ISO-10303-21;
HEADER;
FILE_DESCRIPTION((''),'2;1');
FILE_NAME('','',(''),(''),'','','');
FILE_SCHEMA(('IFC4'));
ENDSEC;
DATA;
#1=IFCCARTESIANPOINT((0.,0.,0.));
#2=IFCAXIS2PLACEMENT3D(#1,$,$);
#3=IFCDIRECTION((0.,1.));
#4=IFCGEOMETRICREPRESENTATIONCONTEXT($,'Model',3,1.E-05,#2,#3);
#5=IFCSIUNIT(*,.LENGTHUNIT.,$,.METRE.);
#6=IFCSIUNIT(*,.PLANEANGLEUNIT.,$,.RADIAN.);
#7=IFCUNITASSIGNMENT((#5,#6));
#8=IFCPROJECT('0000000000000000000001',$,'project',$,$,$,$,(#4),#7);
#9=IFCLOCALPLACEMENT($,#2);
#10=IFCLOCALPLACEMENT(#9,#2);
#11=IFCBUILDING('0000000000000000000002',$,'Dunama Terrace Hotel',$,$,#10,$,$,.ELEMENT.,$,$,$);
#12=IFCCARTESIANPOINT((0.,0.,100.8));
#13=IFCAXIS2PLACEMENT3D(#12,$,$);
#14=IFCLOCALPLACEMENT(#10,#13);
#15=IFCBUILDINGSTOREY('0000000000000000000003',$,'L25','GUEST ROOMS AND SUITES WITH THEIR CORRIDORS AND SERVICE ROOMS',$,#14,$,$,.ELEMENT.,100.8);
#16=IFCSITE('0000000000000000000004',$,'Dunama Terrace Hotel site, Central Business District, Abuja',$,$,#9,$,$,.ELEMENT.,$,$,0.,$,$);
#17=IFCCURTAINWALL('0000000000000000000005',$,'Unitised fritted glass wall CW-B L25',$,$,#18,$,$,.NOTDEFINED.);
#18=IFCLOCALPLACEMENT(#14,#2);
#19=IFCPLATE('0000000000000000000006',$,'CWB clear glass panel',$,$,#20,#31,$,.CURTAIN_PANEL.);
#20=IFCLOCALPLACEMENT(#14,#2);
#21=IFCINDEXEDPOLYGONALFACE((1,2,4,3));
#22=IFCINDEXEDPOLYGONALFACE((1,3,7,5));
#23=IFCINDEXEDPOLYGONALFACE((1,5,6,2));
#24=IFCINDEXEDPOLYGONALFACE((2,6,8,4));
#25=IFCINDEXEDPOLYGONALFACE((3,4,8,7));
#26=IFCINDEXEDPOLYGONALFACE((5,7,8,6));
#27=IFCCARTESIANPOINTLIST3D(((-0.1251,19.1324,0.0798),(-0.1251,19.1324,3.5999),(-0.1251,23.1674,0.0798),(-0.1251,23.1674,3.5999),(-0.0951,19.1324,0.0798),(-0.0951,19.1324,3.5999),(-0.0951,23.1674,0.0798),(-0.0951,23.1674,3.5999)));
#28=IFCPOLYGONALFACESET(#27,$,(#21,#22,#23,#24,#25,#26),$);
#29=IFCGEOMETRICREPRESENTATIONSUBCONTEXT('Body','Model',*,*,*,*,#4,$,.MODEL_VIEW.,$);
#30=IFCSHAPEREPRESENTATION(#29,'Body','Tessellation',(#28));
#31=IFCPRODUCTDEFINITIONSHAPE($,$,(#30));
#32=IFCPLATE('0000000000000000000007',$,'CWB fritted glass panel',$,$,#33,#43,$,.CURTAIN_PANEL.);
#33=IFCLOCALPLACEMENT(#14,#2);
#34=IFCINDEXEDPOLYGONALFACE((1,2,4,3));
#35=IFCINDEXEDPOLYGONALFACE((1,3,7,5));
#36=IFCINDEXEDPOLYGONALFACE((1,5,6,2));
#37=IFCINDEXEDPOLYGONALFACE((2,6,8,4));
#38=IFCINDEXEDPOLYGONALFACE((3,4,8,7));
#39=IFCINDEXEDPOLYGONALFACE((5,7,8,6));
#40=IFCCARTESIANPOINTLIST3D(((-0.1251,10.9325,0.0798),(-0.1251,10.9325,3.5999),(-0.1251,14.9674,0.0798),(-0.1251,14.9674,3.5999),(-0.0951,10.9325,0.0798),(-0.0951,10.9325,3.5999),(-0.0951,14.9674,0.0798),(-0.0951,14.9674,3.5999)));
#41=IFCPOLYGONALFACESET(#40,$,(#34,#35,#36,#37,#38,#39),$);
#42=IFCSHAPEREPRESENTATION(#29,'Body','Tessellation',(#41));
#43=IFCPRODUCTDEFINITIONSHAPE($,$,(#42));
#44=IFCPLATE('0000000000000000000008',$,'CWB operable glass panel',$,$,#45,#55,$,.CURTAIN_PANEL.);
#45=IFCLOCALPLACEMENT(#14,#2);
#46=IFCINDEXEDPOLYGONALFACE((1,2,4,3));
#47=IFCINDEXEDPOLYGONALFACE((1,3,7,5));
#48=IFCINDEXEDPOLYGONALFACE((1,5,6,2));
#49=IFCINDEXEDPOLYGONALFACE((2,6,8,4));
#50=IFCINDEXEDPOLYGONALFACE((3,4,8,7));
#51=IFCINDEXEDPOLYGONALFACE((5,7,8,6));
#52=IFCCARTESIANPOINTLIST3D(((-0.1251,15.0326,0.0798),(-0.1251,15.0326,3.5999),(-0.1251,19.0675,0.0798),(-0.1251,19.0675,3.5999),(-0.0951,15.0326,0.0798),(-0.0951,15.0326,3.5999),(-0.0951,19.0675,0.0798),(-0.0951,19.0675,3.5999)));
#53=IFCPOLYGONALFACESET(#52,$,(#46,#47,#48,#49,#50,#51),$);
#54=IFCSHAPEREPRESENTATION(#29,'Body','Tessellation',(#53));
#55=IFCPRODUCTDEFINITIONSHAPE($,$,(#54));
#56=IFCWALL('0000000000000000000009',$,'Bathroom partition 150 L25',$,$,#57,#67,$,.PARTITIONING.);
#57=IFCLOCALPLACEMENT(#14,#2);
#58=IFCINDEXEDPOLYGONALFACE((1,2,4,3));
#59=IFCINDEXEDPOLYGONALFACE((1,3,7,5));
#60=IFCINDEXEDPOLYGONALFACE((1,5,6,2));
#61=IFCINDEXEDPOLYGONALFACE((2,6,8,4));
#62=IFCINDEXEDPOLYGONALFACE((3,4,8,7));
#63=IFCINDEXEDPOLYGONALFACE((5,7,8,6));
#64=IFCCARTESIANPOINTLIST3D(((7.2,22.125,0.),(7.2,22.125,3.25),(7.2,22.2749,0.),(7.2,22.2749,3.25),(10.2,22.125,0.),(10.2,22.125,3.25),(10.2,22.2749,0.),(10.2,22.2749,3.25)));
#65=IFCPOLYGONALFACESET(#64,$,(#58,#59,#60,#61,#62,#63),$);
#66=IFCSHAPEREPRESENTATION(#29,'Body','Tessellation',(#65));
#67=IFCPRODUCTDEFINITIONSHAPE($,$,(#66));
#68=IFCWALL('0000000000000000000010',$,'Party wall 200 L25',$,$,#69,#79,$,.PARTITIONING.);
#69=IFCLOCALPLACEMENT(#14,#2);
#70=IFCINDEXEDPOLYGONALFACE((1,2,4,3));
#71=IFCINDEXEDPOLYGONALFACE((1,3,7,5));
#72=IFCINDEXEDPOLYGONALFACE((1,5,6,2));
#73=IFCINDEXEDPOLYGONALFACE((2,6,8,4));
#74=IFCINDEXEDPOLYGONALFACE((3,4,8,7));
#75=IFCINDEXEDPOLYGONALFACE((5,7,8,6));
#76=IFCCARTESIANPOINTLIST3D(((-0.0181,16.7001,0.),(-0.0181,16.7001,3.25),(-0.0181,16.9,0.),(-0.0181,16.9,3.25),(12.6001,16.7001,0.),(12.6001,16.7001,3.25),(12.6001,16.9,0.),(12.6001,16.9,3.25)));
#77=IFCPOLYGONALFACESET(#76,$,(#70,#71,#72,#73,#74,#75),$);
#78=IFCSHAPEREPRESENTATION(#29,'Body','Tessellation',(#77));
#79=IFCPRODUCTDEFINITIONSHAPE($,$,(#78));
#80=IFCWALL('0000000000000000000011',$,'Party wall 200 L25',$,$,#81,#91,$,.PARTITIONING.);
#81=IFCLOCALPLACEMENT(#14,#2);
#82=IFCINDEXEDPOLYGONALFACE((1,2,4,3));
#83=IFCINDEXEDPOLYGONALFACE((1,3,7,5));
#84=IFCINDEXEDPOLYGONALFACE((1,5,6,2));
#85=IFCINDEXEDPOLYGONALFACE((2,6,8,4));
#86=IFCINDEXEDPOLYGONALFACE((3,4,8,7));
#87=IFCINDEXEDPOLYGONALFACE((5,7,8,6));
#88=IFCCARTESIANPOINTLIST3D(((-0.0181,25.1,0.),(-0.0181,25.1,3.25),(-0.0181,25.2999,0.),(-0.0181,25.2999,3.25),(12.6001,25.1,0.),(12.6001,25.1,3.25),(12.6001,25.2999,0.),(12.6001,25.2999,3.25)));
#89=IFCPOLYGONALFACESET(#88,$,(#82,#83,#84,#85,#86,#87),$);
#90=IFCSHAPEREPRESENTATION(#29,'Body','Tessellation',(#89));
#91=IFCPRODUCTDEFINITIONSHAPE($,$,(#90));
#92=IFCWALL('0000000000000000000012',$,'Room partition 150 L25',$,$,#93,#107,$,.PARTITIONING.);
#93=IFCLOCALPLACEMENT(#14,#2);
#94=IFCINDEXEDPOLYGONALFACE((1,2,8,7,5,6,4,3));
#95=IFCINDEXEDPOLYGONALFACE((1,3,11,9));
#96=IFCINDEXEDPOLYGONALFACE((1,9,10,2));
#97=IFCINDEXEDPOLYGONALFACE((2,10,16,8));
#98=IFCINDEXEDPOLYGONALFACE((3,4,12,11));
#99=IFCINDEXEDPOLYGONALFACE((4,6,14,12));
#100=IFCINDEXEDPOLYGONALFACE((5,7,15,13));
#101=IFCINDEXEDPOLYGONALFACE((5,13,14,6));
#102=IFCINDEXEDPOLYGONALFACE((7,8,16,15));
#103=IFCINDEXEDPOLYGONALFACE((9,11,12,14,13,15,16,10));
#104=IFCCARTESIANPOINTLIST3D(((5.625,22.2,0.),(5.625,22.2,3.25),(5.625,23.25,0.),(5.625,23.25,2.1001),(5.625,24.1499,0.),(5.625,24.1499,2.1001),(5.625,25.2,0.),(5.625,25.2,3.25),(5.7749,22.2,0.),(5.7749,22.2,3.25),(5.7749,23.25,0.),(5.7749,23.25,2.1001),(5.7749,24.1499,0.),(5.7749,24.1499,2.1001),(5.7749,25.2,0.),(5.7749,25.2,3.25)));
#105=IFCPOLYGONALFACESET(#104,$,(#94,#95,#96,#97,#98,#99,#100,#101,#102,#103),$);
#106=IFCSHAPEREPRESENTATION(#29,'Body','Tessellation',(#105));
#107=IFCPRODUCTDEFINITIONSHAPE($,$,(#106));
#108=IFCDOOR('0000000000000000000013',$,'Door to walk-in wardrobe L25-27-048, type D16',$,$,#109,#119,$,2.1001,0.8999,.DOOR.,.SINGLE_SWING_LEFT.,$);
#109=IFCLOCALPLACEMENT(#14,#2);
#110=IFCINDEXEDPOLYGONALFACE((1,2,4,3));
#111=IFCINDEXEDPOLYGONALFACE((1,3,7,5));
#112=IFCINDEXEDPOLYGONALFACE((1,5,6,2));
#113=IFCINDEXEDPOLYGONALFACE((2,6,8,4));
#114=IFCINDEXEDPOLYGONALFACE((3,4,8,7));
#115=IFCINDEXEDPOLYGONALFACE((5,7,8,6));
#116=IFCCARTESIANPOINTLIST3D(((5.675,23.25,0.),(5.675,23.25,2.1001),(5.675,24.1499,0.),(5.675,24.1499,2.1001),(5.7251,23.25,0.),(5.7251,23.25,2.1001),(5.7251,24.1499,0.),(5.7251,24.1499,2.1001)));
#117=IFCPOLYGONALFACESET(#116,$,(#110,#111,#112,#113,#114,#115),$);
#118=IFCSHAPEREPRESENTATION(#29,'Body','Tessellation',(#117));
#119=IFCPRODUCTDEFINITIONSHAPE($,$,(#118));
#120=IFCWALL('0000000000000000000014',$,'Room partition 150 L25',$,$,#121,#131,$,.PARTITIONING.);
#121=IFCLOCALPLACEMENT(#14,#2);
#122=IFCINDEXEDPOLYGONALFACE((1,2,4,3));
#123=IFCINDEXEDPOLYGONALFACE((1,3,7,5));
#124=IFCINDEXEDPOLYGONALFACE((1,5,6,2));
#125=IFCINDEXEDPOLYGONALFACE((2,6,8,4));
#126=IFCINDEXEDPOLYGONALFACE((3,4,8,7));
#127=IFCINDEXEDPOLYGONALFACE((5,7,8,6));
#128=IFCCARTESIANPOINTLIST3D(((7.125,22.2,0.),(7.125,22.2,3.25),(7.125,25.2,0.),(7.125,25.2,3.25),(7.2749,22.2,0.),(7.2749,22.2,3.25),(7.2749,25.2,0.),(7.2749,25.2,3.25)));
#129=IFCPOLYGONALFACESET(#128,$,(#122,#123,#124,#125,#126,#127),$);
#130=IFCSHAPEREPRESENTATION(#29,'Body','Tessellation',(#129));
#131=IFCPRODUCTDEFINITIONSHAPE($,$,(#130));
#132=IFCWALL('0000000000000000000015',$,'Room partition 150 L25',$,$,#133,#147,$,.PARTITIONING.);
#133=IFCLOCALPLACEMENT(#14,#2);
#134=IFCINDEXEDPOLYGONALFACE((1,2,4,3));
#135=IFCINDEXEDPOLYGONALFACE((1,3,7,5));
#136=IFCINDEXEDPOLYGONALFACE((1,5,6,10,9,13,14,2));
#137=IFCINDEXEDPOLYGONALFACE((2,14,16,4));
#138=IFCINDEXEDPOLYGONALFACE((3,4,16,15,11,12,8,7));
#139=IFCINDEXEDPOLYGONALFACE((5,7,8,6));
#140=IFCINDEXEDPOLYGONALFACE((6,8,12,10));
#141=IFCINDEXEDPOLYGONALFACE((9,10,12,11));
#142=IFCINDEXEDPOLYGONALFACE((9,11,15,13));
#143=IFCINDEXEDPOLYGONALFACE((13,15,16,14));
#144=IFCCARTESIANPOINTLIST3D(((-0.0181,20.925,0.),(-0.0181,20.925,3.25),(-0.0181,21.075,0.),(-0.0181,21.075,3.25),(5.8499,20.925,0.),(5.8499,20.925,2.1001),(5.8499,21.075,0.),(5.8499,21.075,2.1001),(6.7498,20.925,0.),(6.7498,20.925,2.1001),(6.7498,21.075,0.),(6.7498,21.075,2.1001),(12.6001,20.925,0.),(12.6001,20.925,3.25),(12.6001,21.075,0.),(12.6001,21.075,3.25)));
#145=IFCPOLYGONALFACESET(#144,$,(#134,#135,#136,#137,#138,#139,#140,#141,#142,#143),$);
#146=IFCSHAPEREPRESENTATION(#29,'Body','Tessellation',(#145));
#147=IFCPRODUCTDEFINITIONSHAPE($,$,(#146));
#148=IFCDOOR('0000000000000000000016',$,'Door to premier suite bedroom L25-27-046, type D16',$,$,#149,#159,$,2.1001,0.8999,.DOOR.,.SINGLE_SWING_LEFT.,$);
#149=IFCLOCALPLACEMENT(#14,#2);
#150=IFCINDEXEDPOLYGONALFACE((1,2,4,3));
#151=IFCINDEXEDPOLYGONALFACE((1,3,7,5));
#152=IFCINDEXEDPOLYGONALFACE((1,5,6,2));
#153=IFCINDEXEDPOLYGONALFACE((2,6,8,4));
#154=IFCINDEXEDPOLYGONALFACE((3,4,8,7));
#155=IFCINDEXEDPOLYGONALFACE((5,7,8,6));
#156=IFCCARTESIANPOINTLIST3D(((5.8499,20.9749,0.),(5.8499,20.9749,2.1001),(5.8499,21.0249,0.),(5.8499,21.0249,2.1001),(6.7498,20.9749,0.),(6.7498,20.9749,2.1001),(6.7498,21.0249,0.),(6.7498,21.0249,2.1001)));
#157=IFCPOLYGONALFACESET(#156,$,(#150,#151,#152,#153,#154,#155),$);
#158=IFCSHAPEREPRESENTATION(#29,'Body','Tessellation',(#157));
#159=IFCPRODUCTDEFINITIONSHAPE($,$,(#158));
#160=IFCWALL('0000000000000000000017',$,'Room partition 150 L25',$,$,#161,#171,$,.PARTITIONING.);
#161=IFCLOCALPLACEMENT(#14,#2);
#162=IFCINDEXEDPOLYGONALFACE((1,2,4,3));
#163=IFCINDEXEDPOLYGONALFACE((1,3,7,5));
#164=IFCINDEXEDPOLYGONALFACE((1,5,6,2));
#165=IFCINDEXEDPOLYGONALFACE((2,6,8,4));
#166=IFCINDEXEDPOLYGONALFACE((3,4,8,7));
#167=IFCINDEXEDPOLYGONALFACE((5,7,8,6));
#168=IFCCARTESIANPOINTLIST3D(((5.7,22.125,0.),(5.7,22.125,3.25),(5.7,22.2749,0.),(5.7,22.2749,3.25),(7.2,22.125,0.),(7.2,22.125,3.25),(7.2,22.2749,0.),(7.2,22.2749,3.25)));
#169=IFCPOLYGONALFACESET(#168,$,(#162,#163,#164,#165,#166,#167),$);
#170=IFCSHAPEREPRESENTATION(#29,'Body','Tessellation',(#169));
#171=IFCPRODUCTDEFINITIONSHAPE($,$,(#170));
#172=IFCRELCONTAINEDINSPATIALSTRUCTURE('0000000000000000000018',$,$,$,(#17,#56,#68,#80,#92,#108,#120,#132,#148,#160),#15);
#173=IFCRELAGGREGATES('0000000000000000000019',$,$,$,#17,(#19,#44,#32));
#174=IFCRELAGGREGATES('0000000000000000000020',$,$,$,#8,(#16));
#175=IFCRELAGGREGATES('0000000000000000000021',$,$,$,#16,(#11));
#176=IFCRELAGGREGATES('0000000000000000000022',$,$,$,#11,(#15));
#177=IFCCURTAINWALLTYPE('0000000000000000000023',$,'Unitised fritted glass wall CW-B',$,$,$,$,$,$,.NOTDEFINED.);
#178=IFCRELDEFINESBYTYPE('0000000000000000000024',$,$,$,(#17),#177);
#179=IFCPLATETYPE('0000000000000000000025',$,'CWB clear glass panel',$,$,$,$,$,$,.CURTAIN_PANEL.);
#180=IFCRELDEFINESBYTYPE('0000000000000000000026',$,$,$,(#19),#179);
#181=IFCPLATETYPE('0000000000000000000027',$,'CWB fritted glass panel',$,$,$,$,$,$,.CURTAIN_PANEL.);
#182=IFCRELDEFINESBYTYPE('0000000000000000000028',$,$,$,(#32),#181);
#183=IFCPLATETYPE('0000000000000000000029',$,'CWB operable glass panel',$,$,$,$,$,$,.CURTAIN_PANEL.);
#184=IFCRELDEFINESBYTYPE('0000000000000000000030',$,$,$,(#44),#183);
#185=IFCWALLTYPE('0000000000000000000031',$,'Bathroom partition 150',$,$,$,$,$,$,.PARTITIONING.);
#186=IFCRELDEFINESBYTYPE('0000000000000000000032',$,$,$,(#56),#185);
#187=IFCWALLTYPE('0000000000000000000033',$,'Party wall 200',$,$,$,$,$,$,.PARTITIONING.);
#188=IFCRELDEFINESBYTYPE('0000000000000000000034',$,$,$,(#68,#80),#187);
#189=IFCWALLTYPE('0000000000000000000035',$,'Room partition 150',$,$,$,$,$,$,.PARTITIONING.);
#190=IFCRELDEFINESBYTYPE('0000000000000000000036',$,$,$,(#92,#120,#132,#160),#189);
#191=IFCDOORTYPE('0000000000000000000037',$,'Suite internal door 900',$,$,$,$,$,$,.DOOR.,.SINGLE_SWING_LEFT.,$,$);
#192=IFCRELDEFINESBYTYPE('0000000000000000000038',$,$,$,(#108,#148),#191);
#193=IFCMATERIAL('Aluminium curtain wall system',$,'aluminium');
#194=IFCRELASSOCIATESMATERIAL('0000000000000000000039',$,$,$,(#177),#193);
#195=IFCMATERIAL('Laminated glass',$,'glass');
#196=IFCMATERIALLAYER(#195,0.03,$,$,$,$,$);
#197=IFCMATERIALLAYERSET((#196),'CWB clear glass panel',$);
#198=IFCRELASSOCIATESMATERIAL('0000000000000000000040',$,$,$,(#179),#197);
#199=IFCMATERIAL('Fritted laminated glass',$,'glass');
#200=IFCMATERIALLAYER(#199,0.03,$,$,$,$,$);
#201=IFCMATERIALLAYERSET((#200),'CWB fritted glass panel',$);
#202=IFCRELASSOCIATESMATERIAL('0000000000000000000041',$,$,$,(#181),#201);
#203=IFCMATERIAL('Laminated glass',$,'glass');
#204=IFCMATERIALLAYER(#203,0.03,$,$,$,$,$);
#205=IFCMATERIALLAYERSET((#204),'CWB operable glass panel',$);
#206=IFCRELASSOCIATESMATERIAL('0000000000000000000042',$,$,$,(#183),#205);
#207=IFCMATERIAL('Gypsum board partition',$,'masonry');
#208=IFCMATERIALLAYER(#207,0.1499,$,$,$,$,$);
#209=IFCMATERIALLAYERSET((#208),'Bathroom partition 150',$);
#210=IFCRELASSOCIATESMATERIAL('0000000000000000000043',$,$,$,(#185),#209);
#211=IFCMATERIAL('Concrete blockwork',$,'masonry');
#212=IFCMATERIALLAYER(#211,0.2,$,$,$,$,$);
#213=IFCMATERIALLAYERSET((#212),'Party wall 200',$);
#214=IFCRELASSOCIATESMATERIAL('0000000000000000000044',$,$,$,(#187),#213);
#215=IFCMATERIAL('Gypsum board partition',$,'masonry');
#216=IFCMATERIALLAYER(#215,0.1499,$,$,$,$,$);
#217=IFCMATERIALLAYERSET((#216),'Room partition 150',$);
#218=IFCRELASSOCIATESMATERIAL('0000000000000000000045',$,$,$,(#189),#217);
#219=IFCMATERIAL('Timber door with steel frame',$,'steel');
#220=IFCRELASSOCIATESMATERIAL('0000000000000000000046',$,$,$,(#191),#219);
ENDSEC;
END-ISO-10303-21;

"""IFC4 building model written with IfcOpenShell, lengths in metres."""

from ifc_helpers import new_model, si_unit, direction, frame, frame_2d, origin, origin_2d, place, context, subcontext, project, spatial, rectangle, extrude, material, layer, layer_set, type_object, element, fill, aggregate, save


model = new_model("IFC4")

# Units and contexts
model_context = context("Model", 3, precision=1e-05, world=origin(), true_north=direction((0.0, 1.0)))
body_context = subcontext(model_context, "Body", "Model", "MODEL_VIEW")
ifc_project = project(units=[si_unit("LENGTHUNIT", "METRE"), si_unit("PLANEANGLEUNIT", "RADIAN")], contexts=[model_context])

# Site, building, storey
site_placement = place(None, origin())
site = spatial("IfcSite", under=ifc_project, at=site_placement, Name="Dunama Terrace Hotel site, Central Business District, Abuja", CompositionType="ELEMENT", RefElevation=0.0)
building_placement = place(site_placement, origin())
building = spatial("IfcBuilding", under=site, at=building_placement, Name="Dunama Terrace Hotel", CompositionType="ELEMENT")
storey_placement = place(building_placement, frame((0.0, 0.0, 100.8)))
storey = spatial("IfcBuildingStorey", under=building, at=storey_placement, Name="L25", Description="GUEST ROOMS AND SUITES WITH THEIR CORRIDORS AND SERVICE ROOMS", CompositionType="ELEMENT", Elevation=100.8)

# Curtain wall
ifc_material_1 = material(Name="Aluminium curtain wall system", Category="aluminium")
curtain_wall_type = type_object("IfcCurtainWallType", Name="Unitised fritted glass wall CW-B", PredefinedType="NOTDEFINED", material=ifc_material_1)
curtain_wall_placement = place(storey_placement, origin())
curtain_wall = element("IfcCurtainWall", 1, at=curtain_wall_placement, inside=storey, type_object=curtain_wall_type, Name="Unitised fritted glass wall CW-B L25", PredefinedType="NOTDEFINED")

# Plates
ifc_material_2 = material(Name="Laminated glass", Category="glass")
ifc_layer_1 = layer(ifc_material_2, 0.03)
ifc_layer_set_1 = layer_set([ifc_layer_1], Name="CWB clear glass panel")
plate_type_1 = type_object("IfcPlateType", Name="CWB clear glass panel", PredefinedType="CURTAIN_PANEL", material=ifc_layer_set_1)
plate_1_placement = place(storey_placement, frame((-0.1101, 21.1499, 0.0798), z_axis=(0.0, 0.0, 1.0), x_axis=(0.0, -1.0, 0.0)))
plate_1 = element("IfcPlate", 2, at=plate_1_placement, type_object=plate_type_1, Name="CWB clear glass panel", PredefinedType="CURTAIN_PANEL", context=body_context, shape_type="SweptSolid", body=[
    extrude(rectangle(XDim=4.0349, YDim=0.03, at=origin_2d()), origin(), (0.0, 0.0, 1.0), 3.52),
])
ifc_material_3 = material(Name="Fritted laminated glass", Category="glass")
ifc_layer_2 = layer(ifc_material_3, 0.03)
ifc_layer_set_2 = layer_set([ifc_layer_2], Name="CWB fritted glass panel")
plate_type_2 = type_object("IfcPlateType", Name="CWB fritted glass panel", PredefinedType="CURTAIN_PANEL", material=ifc_layer_set_2)
plate_2_placement = place(storey_placement, frame((-0.1101, 12.95, 0.0798), z_axis=(0.0, 0.0, 1.0), x_axis=(0.0, -1.0, 0.0)))
plate_2 = element("IfcPlate", 3, at=plate_2_placement, type_object=plate_type_2, Name="CWB fritted glass panel", PredefinedType="CURTAIN_PANEL", context=body_context, shape_type="SweptSolid", body=[
    extrude(rectangle(XDim=4.0349, YDim=0.03, at=origin_2d()), origin(), (0.0, 0.0, 1.0), 3.52),
])
ifc_material_4 = material(Name="Laminated glass", Category="glass")
ifc_layer_3 = layer(ifc_material_4, 0.03)
ifc_layer_set_3 = layer_set([ifc_layer_3], Name="CWB operable glass panel")
plate_type_3 = type_object("IfcPlateType", Name="CWB operable glass panel", PredefinedType="CURTAIN_PANEL", material=ifc_layer_set_3)
plate_3_placement = place(storey_placement, frame((-0.1101, 17.05, 0.0798), z_axis=(0.0, 0.0, 1.0), x_axis=(0.0, -1.0, 0.0)))
plate_3 = element("IfcPlate", 4, at=plate_3_placement, type_object=plate_type_3, Name="CWB operable glass panel", PredefinedType="CURTAIN_PANEL", context=body_context, shape_type="SweptSolid", body=[
    extrude(rectangle(XDim=4.0349, YDim=0.03, at=origin_2d()), origin(), (0.0, 0.0, 1.0), 3.52),
])
aggregate(curtain_wall, [plate_1, plate_3, plate_2])

# Walls
ifc_material_5 = material(Name="Gypsum board partition", Category="masonry")
ifc_layer_4 = layer(ifc_material_5, 0.1499)
ifc_layer_set_4 = layer_set([ifc_layer_4], Name="Bathroom partition 150")
wall_type_1 = type_object("IfcWallType", Name="Bathroom partition 150", PredefinedType="PARTITIONING", material=ifc_layer_set_4)
wall_1_placement = place(storey_placement, frame((7.2, 22.2, 0.0), z_axis=(0.0, 0.0, 1.0), x_axis=(1.0, 0.0, 0.0)))
element("IfcWall", 5, at=wall_1_placement, inside=storey, type_object=wall_type_1, Name="Bathroom partition 150 L25", PredefinedType="PARTITIONING", context=body_context, shape_type="SweptSolid", body=[
    extrude(rectangle(XDim=3.0, YDim=0.1499, at=frame_2d((1.5, 0.0))), origin(), (0.0, 0.0, 1.0), 3.25),
])
ifc_material_6 = material(Name="Concrete blockwork", Category="masonry")
ifc_layer_5 = layer(ifc_material_6, 0.2)
ifc_layer_set_5 = layer_set([ifc_layer_5], Name="Party wall 200")
wall_type_2 = type_object("IfcWallType", Name="Party wall 200", PredefinedType="PARTITIONING", material=ifc_layer_set_5)
for number, where, z_axis, x_axis, name in (
    (6, (-0.0181, 16.8, 0.0), (0.0, 0.0, 1.0), (1.0, 0.0, 0.0), "Party wall 200 L25"),
    (7, (-0.0181, 25.2, 0.0), (0.0, 0.0, 1.0), (1.0, 0.0, 0.0), "Party wall 200 L25"),
):
    element("IfcWall", number, at=place(storey_placement, frame(where, z_axis=z_axis, x_axis=x_axis)), inside=storey, type_object=wall_type_2, Name=name, PredefinedType="PARTITIONING", context=body_context, shape_type="SweptSolid", body=[
        extrude(rectangle(XDim=12.6182, YDim=0.2, at=frame_2d((6.3091, 0.0))), origin(), (0.0, 0.0, 1.0), 3.25),
    ])

# Wall, opening, door
ifc_material_7 = material(Name="Gypsum board partition", Category="masonry")
ifc_layer_6 = layer(ifc_material_7, 0.1499)
ifc_layer_set_6 = layer_set([ifc_layer_6], Name="Room partition 150")
wall_type_3 = type_object("IfcWallType", Name="Room partition 150", PredefinedType="PARTITIONING", material=ifc_layer_set_6)
wall_2_placement = place(storey_placement, frame((5.7, 22.2, 0.0), z_axis=(0.0, 0.0, 1.0), x_axis=(0.0, 1.0, 0.0)))
wall_2 = element("IfcWall", 8, at=wall_2_placement, inside=storey, type_object=wall_type_3, Name="Room partition 150 L25", PredefinedType="PARTITIONING", context=body_context, shape_type="SweptSolid", body=[
    extrude(rectangle(XDim=3.0, YDim=0.1499, at=frame_2d((1.5, 0.0))), origin(), (0.0, 0.0, 1.0), 3.25),
])
opening_1_placement = place(wall_2_placement, frame((1.05, 0.0, 0.0)))
opening_1 = element("IfcOpeningElement", 9, at=opening_1_placement, cuts=wall_2, PredefinedType="OPENING", context=body_context, shape_type="SweptSolid", body=[
    extrude(rectangle(XDim=0.8999, YDim=2.1001, at=frame_2d((0.45, 1.05))), frame((0.0, 0.085, 0.0), z_axis=(0.0, -1.0, 0.0), x_axis=(1.0, 0.0, 0.0)), (0.0, 0.0, 1.0), 0.1699),
])
ifc_material_8 = material(Name="Timber door with steel frame", Category="steel")
door_type = type_object("IfcDoorType", Name="Suite internal door 900", OperationType="SINGLE_SWING_LEFT", PredefinedType="DOOR", material=ifc_material_8)
door_1_placement = place(opening_1_placement, frame((0.8999, 0.0, 0.0), z_axis=(0.0, 0.0, 1.0), x_axis=(-1.0, 0.0, 0.0)))
door_1 = element("IfcDoor", 10, at=door_1_placement, inside=storey, type_object=door_type, Name="Door to walk-in wardrobe L25-27-048, type D16", OperationType="SINGLE_SWING_LEFT", OverallHeight=2.1001, OverallWidth=0.8999, PredefinedType="DOOR", context=body_context, shape_type="SweptSolid", body=[
    extrude(rectangle(XDim=0.8999, YDim=2.1001, at=frame_2d((0.45, 1.05))), frame((0.0, 0.0251, 0.0), z_axis=(0.0, -1.0, 0.0), x_axis=(1.0, 0.0, 0.0)), (0.0, 0.0, 1.0), 0.05),
])
fill(opening_1, door_1)

# Wall
wall_3_placement = place(storey_placement, frame((7.2, 22.2, 0.0), z_axis=(0.0, 0.0, 1.0), x_axis=(0.0, 1.0, 0.0)))
element("IfcWall", 11, at=wall_3_placement, inside=storey, type_object=wall_type_3, Name="Room partition 150 L25", PredefinedType="PARTITIONING", context=body_context, shape_type="SweptSolid", body=[
    extrude(rectangle(XDim=3.0, YDim=0.1499, at=frame_2d((1.5, 0.0))), origin(), (0.0, 0.0, 1.0), 3.25),
])

# Wall, opening, door
wall_4_placement = place(storey_placement, frame((-0.0181, 21.0, 0.0), z_axis=(0.0, 0.0, 1.0), x_axis=(1.0, 0.0, 0.0)))
wall_4 = element("IfcWall", 12, at=wall_4_placement, inside=storey, type_object=wall_type_3, Name="Room partition 150 L25", PredefinedType="PARTITIONING", context=body_context, shape_type="SweptSolid", body=[
    extrude(rectangle(XDim=12.6182, YDim=0.1499, at=frame_2d((6.3091, 0.0))), origin(), (0.0, 0.0, 1.0), 3.25),
])
opening_2_placement = place(wall_4_placement, frame((5.8679, 0.0, 0.0)))
opening_2 = element("IfcOpeningElement", 13, at=opening_2_placement, cuts=wall_4, PredefinedType="OPENING", context=body_context, shape_type="SweptSolid", body=[
    extrude(rectangle(XDim=0.8999, YDim=2.1001, at=frame_2d((0.45, 1.05))), frame((0.0, 0.085, 0.0), z_axis=(0.0, -1.0, 0.0), x_axis=(1.0, 0.0, 0.0)), (0.0, 0.0, 1.0), 0.1699),
])
door_2_placement = place(opening_2_placement, origin())
door_2 = element("IfcDoor", 14, at=door_2_placement, inside=storey, type_object=door_type, Name="Door to premier suite bedroom L25-27-046, type D16", OperationType="SINGLE_SWING_LEFT", OverallHeight=2.1001, OverallWidth=0.8999, PredefinedType="DOOR", context=body_context, shape_type="SweptSolid", body=[
    extrude(rectangle(XDim=0.8999, YDim=2.1001, at=frame_2d((0.45, 1.05))), frame((0.0, 0.0249, 0.0), z_axis=(0.0, -1.0, 0.0), x_axis=(1.0, 0.0, 0.0)), (0.0, 0.0, 1.0), 0.05),
])
fill(opening_2, door_2)

# Wall
wall_5_placement = place(storey_placement, frame((5.7, 22.2, 0.0), z_axis=(0.0, 0.0, 1.0), x_axis=(1.0, 0.0, 0.0)))
element("IfcWall", 15, at=wall_5_placement, inside=storey, type_object=wall_type_3, Name="Room partition 150 L25", PredefinedType="PARTITIONING", context=body_context, shape_type="SweptSolid", body=[
    extrude(rectangle(XDim=1.5, YDim=0.1499, at=frame_2d((0.75, 0.0))), origin(), (0.0, 0.0, 1.0), 3.25),
])

save(model, "model.ifc")
